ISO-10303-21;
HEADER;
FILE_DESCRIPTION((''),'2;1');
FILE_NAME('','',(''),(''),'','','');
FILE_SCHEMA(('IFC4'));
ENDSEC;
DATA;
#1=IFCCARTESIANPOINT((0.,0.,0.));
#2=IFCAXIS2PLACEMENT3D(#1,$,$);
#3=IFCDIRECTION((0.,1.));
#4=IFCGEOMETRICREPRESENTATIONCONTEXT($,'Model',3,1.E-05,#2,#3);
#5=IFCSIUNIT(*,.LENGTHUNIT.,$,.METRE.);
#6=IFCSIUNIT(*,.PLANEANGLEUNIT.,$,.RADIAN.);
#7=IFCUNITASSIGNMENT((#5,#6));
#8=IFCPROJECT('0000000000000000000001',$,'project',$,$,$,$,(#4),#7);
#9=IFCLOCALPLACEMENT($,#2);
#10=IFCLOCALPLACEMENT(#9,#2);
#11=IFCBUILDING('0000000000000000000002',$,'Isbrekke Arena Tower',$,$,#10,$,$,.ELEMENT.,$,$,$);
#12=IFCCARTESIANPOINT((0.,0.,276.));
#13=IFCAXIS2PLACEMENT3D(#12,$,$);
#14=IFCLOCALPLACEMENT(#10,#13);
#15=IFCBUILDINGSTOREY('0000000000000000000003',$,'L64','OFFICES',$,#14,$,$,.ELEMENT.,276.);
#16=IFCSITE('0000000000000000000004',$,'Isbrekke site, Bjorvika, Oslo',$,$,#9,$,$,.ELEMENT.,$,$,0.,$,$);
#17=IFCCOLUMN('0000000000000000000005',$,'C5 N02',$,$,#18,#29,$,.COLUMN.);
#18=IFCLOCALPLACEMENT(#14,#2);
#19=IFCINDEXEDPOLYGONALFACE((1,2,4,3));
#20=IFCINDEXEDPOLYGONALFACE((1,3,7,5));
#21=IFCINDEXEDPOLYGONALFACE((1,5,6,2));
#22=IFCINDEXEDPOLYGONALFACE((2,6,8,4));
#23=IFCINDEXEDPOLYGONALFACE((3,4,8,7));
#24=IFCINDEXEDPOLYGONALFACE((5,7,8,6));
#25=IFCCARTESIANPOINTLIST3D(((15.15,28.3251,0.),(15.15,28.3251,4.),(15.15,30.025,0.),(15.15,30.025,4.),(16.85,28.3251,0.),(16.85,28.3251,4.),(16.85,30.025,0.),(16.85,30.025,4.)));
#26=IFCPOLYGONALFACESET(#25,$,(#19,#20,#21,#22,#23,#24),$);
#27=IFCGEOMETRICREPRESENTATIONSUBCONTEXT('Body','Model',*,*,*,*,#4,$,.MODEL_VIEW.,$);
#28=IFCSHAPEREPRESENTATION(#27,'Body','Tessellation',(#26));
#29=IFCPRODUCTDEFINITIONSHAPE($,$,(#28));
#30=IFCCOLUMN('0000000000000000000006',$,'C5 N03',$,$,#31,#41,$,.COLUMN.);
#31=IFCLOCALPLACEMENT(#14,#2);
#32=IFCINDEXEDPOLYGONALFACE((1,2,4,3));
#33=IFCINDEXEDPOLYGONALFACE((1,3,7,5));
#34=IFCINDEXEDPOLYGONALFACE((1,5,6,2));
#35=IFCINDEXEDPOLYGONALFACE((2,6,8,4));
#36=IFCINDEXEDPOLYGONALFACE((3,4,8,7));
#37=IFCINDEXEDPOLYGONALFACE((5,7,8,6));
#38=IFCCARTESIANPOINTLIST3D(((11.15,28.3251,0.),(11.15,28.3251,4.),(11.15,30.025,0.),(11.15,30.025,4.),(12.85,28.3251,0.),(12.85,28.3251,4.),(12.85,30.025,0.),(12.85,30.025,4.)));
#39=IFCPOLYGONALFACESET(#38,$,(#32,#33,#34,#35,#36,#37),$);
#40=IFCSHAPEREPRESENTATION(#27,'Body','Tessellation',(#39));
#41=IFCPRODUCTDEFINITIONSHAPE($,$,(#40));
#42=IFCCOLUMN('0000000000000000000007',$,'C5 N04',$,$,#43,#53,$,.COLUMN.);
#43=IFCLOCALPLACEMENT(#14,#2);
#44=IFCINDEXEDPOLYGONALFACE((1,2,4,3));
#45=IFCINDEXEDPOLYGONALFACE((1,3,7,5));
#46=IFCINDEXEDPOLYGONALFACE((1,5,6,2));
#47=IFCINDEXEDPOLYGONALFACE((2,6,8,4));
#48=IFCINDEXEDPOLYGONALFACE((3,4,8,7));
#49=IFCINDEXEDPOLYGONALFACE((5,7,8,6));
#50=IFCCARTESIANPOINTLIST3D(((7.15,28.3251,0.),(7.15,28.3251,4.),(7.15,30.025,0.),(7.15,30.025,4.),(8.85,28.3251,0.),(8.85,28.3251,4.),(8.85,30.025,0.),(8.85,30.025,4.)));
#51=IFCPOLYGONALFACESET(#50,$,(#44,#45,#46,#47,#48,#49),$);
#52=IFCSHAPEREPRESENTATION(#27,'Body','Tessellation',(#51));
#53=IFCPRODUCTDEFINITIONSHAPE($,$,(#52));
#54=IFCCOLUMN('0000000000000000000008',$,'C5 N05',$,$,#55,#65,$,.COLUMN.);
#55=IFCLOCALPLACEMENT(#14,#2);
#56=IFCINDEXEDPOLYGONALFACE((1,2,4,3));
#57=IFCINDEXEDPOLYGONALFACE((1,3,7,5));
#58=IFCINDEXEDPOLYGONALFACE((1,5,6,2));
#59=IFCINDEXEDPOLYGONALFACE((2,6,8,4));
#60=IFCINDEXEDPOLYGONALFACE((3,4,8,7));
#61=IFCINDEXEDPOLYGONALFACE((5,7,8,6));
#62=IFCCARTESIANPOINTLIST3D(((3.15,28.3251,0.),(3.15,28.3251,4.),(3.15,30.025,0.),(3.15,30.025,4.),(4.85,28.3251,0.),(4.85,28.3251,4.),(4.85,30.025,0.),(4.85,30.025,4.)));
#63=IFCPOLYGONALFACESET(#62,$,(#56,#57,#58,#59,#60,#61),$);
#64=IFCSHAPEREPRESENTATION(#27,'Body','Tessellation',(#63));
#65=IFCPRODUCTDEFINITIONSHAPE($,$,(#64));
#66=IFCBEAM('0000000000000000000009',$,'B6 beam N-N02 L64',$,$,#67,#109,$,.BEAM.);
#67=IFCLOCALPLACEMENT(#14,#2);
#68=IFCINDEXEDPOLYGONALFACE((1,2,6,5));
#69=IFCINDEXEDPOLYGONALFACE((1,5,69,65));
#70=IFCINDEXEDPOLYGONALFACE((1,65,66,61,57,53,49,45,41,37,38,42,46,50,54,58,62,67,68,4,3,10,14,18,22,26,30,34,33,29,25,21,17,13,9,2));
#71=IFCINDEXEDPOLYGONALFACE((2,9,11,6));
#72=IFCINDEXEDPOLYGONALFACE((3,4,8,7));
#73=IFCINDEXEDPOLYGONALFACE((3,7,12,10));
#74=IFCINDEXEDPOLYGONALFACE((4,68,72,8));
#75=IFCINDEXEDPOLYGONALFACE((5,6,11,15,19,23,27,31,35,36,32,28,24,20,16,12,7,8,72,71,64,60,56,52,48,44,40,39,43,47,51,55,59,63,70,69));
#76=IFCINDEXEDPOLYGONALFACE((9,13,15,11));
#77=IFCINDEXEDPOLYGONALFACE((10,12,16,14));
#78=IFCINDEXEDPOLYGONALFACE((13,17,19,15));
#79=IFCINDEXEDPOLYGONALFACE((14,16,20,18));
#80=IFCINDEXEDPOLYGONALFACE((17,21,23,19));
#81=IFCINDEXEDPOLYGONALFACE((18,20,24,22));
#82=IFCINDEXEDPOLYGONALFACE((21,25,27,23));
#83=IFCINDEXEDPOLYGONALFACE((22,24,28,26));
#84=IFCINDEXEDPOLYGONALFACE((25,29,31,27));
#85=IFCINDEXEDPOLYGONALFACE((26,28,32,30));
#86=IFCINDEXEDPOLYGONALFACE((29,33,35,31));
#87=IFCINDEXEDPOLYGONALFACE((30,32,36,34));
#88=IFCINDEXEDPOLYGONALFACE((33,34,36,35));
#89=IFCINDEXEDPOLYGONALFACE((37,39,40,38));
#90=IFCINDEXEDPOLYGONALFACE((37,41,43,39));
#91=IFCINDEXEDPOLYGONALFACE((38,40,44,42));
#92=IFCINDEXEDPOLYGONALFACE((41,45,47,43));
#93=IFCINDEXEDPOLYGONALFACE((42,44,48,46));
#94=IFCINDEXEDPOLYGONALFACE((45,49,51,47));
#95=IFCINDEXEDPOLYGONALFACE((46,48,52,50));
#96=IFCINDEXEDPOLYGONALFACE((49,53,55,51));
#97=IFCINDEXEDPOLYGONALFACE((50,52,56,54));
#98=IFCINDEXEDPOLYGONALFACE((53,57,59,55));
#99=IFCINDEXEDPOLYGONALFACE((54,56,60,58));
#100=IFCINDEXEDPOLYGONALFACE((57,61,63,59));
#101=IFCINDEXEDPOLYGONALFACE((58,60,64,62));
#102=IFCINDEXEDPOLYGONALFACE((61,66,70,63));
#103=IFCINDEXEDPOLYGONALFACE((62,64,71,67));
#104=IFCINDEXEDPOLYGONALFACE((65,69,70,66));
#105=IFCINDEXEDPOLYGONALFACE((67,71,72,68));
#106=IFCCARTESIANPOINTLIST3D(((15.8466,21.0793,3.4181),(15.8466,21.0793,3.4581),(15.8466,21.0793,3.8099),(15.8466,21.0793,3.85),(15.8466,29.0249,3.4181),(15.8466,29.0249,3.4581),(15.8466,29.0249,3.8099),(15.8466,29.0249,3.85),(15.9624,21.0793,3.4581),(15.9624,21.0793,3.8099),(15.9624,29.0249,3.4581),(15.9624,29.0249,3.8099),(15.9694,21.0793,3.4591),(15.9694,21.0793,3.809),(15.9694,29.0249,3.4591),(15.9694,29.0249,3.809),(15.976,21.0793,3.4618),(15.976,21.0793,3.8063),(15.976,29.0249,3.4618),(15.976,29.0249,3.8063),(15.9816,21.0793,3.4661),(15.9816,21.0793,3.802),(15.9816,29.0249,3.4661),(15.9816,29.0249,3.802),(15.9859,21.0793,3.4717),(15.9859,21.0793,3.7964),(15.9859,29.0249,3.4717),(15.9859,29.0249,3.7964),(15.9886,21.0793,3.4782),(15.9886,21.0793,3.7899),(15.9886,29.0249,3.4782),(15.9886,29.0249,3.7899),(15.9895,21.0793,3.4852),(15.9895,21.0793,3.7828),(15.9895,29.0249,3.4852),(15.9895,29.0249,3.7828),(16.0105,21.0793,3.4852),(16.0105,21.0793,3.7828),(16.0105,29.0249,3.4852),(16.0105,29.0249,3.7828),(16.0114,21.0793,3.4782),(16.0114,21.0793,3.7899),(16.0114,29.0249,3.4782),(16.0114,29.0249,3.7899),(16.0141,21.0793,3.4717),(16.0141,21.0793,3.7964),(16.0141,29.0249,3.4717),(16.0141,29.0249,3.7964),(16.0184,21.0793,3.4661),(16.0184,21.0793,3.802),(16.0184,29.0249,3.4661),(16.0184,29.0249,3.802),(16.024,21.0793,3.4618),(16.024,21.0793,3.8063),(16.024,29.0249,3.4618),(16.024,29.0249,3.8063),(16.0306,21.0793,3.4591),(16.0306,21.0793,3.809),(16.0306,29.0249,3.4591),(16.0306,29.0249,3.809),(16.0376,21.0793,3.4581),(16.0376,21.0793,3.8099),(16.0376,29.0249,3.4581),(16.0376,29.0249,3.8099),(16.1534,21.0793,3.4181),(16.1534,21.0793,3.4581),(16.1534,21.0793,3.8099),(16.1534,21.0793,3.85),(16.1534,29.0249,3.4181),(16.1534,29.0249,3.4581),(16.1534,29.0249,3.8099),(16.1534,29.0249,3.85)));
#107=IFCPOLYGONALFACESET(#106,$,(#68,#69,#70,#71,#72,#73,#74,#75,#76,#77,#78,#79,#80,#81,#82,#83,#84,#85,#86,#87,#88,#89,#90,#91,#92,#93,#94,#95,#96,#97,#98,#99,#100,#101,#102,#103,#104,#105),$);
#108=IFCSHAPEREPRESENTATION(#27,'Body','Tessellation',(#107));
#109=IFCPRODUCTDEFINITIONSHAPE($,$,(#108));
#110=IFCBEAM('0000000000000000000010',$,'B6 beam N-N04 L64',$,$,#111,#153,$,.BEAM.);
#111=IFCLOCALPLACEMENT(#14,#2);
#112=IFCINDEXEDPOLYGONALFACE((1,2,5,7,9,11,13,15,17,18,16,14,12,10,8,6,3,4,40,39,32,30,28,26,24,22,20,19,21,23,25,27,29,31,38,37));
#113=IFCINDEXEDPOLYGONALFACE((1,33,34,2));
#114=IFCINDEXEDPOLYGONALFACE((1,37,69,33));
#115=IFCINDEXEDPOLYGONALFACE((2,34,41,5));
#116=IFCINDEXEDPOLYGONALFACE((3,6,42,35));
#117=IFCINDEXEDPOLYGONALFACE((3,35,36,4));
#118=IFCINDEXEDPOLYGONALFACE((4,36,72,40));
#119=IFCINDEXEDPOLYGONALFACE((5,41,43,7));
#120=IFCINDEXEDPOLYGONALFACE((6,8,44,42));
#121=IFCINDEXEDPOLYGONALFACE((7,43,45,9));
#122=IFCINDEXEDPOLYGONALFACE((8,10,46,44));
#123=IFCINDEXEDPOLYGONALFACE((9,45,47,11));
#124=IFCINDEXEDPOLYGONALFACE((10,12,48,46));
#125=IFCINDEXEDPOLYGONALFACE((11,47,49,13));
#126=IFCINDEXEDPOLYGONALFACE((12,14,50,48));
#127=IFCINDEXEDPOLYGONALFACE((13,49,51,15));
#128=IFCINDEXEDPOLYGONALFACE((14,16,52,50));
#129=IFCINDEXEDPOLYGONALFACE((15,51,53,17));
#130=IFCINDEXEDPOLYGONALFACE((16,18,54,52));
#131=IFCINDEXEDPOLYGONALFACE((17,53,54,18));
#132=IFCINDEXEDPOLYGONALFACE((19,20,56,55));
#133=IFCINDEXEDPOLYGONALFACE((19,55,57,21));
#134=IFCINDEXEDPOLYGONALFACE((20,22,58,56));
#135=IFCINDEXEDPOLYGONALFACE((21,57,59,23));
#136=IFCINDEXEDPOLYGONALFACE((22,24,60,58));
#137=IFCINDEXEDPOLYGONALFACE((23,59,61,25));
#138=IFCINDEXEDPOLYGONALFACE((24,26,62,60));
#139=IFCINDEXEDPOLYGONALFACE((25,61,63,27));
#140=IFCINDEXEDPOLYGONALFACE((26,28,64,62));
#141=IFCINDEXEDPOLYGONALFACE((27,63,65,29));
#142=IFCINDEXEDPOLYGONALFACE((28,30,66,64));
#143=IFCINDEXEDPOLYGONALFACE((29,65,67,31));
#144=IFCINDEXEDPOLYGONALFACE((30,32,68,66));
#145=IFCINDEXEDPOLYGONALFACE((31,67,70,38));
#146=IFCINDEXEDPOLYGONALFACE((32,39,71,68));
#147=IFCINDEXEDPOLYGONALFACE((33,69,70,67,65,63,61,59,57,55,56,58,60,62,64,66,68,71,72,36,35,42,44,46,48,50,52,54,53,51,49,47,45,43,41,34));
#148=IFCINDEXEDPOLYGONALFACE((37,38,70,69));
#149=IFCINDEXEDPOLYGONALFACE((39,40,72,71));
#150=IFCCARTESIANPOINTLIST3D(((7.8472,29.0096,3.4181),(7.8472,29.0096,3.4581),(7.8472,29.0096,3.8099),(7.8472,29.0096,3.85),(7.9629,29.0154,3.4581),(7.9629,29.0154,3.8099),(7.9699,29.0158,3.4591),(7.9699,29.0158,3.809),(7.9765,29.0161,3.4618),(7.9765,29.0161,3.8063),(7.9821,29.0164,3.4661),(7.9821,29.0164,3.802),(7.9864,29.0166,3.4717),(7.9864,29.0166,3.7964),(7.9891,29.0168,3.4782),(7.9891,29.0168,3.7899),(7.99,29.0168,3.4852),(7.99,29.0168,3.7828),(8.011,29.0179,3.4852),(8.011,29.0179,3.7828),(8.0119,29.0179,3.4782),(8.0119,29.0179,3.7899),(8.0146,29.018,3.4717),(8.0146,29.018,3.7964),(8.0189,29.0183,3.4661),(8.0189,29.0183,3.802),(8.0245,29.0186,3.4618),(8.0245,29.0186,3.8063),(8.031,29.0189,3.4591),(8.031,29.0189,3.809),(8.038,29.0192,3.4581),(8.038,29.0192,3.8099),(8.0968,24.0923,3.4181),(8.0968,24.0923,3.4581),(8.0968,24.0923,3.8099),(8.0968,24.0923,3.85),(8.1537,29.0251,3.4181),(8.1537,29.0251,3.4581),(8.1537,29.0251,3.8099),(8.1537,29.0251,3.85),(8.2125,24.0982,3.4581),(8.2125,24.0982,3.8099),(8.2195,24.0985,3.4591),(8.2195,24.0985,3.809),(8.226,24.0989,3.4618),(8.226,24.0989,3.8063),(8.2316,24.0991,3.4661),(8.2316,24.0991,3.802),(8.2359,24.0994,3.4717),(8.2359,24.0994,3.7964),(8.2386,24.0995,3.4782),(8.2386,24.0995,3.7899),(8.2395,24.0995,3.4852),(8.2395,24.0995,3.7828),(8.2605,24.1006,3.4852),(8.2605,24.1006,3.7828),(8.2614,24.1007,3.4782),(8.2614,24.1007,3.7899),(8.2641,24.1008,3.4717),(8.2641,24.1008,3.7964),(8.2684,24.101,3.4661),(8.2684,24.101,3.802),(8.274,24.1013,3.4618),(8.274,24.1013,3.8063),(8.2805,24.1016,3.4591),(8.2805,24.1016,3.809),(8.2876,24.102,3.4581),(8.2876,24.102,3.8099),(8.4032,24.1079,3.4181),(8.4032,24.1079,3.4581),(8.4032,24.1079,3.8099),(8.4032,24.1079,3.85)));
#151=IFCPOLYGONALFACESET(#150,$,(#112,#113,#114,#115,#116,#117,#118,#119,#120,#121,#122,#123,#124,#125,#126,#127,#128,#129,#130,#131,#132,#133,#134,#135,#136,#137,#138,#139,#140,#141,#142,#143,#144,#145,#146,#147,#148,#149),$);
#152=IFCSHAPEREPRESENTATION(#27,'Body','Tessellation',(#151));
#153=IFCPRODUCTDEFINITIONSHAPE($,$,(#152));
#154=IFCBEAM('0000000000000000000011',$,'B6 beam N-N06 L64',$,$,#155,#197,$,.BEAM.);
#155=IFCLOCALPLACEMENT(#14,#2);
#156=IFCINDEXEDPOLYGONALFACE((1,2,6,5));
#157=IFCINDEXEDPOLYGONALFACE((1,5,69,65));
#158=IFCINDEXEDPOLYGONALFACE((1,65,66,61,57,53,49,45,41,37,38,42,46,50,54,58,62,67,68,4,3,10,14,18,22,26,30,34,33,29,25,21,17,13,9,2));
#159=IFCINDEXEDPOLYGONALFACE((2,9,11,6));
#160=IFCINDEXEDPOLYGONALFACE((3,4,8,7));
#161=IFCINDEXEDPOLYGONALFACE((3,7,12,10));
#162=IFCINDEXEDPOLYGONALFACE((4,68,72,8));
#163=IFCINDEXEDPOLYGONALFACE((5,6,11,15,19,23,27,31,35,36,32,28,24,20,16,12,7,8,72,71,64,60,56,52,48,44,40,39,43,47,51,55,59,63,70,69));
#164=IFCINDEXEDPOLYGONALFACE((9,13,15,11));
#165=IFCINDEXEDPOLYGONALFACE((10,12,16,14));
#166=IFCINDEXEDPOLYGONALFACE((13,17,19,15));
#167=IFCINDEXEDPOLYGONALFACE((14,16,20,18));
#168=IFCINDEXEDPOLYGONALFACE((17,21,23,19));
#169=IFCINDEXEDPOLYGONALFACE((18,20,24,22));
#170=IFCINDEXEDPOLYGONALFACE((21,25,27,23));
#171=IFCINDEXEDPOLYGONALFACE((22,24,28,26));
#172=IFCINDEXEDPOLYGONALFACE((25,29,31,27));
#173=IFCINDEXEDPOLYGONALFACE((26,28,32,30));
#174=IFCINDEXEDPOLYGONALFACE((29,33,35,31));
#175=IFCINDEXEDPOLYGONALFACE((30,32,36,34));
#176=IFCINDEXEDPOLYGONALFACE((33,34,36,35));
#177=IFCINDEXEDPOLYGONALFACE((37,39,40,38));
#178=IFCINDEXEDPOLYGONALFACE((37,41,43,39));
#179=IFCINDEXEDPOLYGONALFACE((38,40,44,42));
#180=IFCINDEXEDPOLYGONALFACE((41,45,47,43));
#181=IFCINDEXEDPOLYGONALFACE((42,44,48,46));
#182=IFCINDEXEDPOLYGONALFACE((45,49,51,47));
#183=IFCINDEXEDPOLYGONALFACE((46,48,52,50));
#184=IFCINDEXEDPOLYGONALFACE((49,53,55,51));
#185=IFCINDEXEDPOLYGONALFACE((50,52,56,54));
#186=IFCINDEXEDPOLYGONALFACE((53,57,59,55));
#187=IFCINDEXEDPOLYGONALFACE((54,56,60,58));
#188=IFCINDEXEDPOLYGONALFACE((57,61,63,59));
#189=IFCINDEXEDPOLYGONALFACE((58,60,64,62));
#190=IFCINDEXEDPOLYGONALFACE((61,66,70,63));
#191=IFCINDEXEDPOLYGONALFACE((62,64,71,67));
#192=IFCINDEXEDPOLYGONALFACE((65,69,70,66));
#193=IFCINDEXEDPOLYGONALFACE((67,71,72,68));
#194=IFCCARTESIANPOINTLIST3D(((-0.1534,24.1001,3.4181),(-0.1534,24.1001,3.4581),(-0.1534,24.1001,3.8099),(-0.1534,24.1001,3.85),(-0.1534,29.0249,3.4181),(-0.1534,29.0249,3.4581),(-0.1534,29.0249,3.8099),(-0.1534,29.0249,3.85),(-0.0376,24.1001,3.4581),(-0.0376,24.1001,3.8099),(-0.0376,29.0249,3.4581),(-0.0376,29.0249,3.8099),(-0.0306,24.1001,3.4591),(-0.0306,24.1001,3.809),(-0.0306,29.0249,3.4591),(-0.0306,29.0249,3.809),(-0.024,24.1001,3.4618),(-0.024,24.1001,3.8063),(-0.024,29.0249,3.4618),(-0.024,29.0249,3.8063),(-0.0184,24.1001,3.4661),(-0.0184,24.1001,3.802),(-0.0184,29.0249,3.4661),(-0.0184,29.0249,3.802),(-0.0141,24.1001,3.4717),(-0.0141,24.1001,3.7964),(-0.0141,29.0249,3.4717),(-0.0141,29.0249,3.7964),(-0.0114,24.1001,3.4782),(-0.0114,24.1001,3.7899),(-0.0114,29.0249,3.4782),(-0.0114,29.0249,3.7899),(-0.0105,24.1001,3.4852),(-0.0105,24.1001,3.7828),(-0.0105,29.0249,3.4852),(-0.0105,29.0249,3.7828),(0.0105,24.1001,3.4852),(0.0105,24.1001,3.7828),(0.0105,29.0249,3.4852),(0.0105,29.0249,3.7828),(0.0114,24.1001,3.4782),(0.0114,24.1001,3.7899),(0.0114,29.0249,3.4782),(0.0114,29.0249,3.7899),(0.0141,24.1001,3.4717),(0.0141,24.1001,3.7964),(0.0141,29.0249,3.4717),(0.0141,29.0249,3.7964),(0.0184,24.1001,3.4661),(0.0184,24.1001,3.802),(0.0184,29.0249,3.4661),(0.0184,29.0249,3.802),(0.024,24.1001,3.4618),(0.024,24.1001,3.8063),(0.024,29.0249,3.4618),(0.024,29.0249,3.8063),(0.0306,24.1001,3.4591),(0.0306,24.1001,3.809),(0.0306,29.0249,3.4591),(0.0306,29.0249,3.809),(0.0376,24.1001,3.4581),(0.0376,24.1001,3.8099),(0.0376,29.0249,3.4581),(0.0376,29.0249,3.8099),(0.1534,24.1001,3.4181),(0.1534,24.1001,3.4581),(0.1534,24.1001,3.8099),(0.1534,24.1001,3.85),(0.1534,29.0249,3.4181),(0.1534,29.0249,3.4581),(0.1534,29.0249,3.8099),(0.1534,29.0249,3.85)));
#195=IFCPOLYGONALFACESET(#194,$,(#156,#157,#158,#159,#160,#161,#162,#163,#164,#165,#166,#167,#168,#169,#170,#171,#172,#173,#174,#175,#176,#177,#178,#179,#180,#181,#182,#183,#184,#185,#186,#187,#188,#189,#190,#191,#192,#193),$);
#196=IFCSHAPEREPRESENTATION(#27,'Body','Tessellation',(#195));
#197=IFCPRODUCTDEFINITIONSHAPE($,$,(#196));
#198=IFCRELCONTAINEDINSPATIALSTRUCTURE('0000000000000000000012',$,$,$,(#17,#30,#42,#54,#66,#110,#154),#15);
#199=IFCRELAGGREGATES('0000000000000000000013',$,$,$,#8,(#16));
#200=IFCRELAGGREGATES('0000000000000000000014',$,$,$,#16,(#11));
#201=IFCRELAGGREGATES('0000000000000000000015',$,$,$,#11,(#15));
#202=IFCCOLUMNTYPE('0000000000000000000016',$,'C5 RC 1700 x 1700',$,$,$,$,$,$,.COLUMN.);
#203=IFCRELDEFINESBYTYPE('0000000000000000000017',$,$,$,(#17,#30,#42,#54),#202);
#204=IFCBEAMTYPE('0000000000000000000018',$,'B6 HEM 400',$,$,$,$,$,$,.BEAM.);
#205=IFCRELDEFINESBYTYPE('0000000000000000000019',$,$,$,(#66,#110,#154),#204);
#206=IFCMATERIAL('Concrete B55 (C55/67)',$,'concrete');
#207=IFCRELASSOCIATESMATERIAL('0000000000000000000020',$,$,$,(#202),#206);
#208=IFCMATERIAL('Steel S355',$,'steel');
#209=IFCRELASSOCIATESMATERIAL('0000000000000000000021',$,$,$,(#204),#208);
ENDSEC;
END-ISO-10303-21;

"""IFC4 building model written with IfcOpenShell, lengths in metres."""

from ifc_helpers import new_model, si_unit, direction, frame, origin, origin_2d, place, context, subcontext, project, spatial, rectangle, i_section, extrude, material, material_profile, profile_set, type_object, element, save


model = new_model("IFC4")

# Units and contexts
model_context = context("Model", 3, precision=1e-05, world=origin(), true_north=direction((0.0, 1.0)))
body_context = subcontext(model_context, "Body", "Model", "MODEL_VIEW")
ifc_project = project(units=[si_unit("LENGTHUNIT", "METRE"), si_unit("PLANEANGLEUNIT", "RADIAN")], contexts=[model_context])

# Site, building, storey
site_placement = place(None, origin())
site = spatial("IfcSite", under=ifc_project, at=site_placement, Name="Isbrekke site, Bjorvika, Oslo", CompositionType="ELEMENT", RefElevation=0.0)
building_placement = place(site_placement, origin())
building = spatial("IfcBuilding", under=site, at=building_placement, Name="Isbrekke Arena Tower", CompositionType="ELEMENT")
storey_placement = place(building_placement, frame((0.0, 0.0, 276.0)))
storey = spatial("IfcBuildingStorey", under=building, at=storey_placement, Name="L64", Description="OFFICES", CompositionType="ELEMENT", Elevation=276.0)

# Columns
ifc_material_1 = material(Name="Concrete B55 (C55/67)", Category="concrete")
ifc_material_profile_1 = material_profile(ifc_material_1, rectangle(XDim=1.7, YDim=1.7, at=origin_2d()), Name="RC 1700x1700")
ifc_profile_set_1 = profile_set([ifc_material_profile_1], Name="Concrete B55 (C55/67)")
column_type = type_object("IfcColumnType", Name="C5 RC 1700 x 1700", PredefinedType="COLUMN", material=ifc_profile_set_1)
for number, where, z_axis, x_axis, name in (
    (1, (16.0, 29.175, 0.0), (0.0, 0.0, 1.0), (-1.0, 0.0, 0.0), "C5 N02"),
    (2, (12.0, 29.175, 0.0), (0.0, 0.0, 1.0), (-1.0, 0.0, 0.0), "C5 N03"),
    (3, (8.0, 29.175, 0.0), (0.0, 0.0, 1.0), (-1.0, 0.0, 0.0), "C5 N04"),
    (4, (4.0, 29.175, 0.0), (0.0, 0.0, 1.0), (-1.0, 0.0, 0.0), "C5 N05"),
):
    element("IfcColumn", number, at=place(storey_placement, frame(where, z_axis=z_axis, x_axis=x_axis)), inside=storey, type_object=column_type, Name=name, PredefinedType="COLUMN", context=body_context, shape_type="SweptSolid", body=[
        extrude(rectangle(XDim=1.7, YDim=1.7, at=origin_2d()), origin(), (0.0, 0.0, 1.0), 4.0),
    ])

# Beams
ifc_material_2 = material(Name="Steel S355", Category="steel")
ifc_material_profile_2 = material_profile(ifc_material_2, i_section(OverallWidth=0.3069, OverallDepth=0.4319, WebThickness=0.021, FlangeThickness=0.04, FilletRadius=0.0271, at=origin_2d()), Name="HEM 400")
ifc_profile_set_2 = profile_set([ifc_material_profile_2], Name="Steel S355")
beam_type_1 = type_object("IfcBeamType", Name="B6 HEM 400", PredefinedType="BEAM", material=ifc_profile_set_2)
beam_1_placement = place(storey_placement, frame((16.0, 29.0249, 3.634), z_axis=(0.0, -1.0, 0.0), x_axis=(1.0, 0.0, 0.0)))
element("IfcBeam", 5, at=beam_1_placement, inside=storey, type_object=beam_type_1, Name="B6 beam N-N02 L64", PredefinedType="BEAM", context=body_context, shape_type="SweptSolid", body=[
    extrude(i_section(OverallWidth=0.3069, OverallDepth=0.4319, WebThickness=0.021, FlangeThickness=0.04, FilletRadius=0.0271, at=origin_2d()), origin(), (0.0, 0.0, 1.0), 7.9456),
])
beam_2_placement = place(storey_placement, frame((8.0005, 29.0173, 3.634), z_axis=(0.050677, -0.998715, 0.0), x_axis=(0.998715, 0.050677, 0.0)))
element("IfcBeam", 6, at=beam_2_placement, inside=storey, type_object=beam_type_1, Name="B6 beam N-N04 L64", PredefinedType="BEAM", context=body_context, shape_type="SweptSolid", body=[
    extrude(i_section(OverallWidth=0.3069, OverallDepth=0.4319, WebThickness=0.021, FlangeThickness=0.04, FilletRadius=0.0271, at=origin_2d()), origin(), (0.0, 0.0, 1.0), 4.9236),
])
beam_3_placement = place(storey_placement, frame((0.0, 29.0249, 3.634), z_axis=(0.0, -1.0, 0.0), x_axis=(1.0, 0.0, 0.0)))
element("IfcBeam", 7, at=beam_3_placement, inside=storey, type_object=beam_type_1, Name="B6 beam N-N06 L64", PredefinedType="BEAM", context=body_context, shape_type="SweptSolid", body=[
    extrude(i_section(OverallWidth=0.3069, OverallDepth=0.4319, WebThickness=0.021, FlangeThickness=0.04, FilletRadius=0.0271, at=origin_2d()), origin(), (0.0, 0.0, 1.0), 4.9248),
])

save(model, "model.ifc")
